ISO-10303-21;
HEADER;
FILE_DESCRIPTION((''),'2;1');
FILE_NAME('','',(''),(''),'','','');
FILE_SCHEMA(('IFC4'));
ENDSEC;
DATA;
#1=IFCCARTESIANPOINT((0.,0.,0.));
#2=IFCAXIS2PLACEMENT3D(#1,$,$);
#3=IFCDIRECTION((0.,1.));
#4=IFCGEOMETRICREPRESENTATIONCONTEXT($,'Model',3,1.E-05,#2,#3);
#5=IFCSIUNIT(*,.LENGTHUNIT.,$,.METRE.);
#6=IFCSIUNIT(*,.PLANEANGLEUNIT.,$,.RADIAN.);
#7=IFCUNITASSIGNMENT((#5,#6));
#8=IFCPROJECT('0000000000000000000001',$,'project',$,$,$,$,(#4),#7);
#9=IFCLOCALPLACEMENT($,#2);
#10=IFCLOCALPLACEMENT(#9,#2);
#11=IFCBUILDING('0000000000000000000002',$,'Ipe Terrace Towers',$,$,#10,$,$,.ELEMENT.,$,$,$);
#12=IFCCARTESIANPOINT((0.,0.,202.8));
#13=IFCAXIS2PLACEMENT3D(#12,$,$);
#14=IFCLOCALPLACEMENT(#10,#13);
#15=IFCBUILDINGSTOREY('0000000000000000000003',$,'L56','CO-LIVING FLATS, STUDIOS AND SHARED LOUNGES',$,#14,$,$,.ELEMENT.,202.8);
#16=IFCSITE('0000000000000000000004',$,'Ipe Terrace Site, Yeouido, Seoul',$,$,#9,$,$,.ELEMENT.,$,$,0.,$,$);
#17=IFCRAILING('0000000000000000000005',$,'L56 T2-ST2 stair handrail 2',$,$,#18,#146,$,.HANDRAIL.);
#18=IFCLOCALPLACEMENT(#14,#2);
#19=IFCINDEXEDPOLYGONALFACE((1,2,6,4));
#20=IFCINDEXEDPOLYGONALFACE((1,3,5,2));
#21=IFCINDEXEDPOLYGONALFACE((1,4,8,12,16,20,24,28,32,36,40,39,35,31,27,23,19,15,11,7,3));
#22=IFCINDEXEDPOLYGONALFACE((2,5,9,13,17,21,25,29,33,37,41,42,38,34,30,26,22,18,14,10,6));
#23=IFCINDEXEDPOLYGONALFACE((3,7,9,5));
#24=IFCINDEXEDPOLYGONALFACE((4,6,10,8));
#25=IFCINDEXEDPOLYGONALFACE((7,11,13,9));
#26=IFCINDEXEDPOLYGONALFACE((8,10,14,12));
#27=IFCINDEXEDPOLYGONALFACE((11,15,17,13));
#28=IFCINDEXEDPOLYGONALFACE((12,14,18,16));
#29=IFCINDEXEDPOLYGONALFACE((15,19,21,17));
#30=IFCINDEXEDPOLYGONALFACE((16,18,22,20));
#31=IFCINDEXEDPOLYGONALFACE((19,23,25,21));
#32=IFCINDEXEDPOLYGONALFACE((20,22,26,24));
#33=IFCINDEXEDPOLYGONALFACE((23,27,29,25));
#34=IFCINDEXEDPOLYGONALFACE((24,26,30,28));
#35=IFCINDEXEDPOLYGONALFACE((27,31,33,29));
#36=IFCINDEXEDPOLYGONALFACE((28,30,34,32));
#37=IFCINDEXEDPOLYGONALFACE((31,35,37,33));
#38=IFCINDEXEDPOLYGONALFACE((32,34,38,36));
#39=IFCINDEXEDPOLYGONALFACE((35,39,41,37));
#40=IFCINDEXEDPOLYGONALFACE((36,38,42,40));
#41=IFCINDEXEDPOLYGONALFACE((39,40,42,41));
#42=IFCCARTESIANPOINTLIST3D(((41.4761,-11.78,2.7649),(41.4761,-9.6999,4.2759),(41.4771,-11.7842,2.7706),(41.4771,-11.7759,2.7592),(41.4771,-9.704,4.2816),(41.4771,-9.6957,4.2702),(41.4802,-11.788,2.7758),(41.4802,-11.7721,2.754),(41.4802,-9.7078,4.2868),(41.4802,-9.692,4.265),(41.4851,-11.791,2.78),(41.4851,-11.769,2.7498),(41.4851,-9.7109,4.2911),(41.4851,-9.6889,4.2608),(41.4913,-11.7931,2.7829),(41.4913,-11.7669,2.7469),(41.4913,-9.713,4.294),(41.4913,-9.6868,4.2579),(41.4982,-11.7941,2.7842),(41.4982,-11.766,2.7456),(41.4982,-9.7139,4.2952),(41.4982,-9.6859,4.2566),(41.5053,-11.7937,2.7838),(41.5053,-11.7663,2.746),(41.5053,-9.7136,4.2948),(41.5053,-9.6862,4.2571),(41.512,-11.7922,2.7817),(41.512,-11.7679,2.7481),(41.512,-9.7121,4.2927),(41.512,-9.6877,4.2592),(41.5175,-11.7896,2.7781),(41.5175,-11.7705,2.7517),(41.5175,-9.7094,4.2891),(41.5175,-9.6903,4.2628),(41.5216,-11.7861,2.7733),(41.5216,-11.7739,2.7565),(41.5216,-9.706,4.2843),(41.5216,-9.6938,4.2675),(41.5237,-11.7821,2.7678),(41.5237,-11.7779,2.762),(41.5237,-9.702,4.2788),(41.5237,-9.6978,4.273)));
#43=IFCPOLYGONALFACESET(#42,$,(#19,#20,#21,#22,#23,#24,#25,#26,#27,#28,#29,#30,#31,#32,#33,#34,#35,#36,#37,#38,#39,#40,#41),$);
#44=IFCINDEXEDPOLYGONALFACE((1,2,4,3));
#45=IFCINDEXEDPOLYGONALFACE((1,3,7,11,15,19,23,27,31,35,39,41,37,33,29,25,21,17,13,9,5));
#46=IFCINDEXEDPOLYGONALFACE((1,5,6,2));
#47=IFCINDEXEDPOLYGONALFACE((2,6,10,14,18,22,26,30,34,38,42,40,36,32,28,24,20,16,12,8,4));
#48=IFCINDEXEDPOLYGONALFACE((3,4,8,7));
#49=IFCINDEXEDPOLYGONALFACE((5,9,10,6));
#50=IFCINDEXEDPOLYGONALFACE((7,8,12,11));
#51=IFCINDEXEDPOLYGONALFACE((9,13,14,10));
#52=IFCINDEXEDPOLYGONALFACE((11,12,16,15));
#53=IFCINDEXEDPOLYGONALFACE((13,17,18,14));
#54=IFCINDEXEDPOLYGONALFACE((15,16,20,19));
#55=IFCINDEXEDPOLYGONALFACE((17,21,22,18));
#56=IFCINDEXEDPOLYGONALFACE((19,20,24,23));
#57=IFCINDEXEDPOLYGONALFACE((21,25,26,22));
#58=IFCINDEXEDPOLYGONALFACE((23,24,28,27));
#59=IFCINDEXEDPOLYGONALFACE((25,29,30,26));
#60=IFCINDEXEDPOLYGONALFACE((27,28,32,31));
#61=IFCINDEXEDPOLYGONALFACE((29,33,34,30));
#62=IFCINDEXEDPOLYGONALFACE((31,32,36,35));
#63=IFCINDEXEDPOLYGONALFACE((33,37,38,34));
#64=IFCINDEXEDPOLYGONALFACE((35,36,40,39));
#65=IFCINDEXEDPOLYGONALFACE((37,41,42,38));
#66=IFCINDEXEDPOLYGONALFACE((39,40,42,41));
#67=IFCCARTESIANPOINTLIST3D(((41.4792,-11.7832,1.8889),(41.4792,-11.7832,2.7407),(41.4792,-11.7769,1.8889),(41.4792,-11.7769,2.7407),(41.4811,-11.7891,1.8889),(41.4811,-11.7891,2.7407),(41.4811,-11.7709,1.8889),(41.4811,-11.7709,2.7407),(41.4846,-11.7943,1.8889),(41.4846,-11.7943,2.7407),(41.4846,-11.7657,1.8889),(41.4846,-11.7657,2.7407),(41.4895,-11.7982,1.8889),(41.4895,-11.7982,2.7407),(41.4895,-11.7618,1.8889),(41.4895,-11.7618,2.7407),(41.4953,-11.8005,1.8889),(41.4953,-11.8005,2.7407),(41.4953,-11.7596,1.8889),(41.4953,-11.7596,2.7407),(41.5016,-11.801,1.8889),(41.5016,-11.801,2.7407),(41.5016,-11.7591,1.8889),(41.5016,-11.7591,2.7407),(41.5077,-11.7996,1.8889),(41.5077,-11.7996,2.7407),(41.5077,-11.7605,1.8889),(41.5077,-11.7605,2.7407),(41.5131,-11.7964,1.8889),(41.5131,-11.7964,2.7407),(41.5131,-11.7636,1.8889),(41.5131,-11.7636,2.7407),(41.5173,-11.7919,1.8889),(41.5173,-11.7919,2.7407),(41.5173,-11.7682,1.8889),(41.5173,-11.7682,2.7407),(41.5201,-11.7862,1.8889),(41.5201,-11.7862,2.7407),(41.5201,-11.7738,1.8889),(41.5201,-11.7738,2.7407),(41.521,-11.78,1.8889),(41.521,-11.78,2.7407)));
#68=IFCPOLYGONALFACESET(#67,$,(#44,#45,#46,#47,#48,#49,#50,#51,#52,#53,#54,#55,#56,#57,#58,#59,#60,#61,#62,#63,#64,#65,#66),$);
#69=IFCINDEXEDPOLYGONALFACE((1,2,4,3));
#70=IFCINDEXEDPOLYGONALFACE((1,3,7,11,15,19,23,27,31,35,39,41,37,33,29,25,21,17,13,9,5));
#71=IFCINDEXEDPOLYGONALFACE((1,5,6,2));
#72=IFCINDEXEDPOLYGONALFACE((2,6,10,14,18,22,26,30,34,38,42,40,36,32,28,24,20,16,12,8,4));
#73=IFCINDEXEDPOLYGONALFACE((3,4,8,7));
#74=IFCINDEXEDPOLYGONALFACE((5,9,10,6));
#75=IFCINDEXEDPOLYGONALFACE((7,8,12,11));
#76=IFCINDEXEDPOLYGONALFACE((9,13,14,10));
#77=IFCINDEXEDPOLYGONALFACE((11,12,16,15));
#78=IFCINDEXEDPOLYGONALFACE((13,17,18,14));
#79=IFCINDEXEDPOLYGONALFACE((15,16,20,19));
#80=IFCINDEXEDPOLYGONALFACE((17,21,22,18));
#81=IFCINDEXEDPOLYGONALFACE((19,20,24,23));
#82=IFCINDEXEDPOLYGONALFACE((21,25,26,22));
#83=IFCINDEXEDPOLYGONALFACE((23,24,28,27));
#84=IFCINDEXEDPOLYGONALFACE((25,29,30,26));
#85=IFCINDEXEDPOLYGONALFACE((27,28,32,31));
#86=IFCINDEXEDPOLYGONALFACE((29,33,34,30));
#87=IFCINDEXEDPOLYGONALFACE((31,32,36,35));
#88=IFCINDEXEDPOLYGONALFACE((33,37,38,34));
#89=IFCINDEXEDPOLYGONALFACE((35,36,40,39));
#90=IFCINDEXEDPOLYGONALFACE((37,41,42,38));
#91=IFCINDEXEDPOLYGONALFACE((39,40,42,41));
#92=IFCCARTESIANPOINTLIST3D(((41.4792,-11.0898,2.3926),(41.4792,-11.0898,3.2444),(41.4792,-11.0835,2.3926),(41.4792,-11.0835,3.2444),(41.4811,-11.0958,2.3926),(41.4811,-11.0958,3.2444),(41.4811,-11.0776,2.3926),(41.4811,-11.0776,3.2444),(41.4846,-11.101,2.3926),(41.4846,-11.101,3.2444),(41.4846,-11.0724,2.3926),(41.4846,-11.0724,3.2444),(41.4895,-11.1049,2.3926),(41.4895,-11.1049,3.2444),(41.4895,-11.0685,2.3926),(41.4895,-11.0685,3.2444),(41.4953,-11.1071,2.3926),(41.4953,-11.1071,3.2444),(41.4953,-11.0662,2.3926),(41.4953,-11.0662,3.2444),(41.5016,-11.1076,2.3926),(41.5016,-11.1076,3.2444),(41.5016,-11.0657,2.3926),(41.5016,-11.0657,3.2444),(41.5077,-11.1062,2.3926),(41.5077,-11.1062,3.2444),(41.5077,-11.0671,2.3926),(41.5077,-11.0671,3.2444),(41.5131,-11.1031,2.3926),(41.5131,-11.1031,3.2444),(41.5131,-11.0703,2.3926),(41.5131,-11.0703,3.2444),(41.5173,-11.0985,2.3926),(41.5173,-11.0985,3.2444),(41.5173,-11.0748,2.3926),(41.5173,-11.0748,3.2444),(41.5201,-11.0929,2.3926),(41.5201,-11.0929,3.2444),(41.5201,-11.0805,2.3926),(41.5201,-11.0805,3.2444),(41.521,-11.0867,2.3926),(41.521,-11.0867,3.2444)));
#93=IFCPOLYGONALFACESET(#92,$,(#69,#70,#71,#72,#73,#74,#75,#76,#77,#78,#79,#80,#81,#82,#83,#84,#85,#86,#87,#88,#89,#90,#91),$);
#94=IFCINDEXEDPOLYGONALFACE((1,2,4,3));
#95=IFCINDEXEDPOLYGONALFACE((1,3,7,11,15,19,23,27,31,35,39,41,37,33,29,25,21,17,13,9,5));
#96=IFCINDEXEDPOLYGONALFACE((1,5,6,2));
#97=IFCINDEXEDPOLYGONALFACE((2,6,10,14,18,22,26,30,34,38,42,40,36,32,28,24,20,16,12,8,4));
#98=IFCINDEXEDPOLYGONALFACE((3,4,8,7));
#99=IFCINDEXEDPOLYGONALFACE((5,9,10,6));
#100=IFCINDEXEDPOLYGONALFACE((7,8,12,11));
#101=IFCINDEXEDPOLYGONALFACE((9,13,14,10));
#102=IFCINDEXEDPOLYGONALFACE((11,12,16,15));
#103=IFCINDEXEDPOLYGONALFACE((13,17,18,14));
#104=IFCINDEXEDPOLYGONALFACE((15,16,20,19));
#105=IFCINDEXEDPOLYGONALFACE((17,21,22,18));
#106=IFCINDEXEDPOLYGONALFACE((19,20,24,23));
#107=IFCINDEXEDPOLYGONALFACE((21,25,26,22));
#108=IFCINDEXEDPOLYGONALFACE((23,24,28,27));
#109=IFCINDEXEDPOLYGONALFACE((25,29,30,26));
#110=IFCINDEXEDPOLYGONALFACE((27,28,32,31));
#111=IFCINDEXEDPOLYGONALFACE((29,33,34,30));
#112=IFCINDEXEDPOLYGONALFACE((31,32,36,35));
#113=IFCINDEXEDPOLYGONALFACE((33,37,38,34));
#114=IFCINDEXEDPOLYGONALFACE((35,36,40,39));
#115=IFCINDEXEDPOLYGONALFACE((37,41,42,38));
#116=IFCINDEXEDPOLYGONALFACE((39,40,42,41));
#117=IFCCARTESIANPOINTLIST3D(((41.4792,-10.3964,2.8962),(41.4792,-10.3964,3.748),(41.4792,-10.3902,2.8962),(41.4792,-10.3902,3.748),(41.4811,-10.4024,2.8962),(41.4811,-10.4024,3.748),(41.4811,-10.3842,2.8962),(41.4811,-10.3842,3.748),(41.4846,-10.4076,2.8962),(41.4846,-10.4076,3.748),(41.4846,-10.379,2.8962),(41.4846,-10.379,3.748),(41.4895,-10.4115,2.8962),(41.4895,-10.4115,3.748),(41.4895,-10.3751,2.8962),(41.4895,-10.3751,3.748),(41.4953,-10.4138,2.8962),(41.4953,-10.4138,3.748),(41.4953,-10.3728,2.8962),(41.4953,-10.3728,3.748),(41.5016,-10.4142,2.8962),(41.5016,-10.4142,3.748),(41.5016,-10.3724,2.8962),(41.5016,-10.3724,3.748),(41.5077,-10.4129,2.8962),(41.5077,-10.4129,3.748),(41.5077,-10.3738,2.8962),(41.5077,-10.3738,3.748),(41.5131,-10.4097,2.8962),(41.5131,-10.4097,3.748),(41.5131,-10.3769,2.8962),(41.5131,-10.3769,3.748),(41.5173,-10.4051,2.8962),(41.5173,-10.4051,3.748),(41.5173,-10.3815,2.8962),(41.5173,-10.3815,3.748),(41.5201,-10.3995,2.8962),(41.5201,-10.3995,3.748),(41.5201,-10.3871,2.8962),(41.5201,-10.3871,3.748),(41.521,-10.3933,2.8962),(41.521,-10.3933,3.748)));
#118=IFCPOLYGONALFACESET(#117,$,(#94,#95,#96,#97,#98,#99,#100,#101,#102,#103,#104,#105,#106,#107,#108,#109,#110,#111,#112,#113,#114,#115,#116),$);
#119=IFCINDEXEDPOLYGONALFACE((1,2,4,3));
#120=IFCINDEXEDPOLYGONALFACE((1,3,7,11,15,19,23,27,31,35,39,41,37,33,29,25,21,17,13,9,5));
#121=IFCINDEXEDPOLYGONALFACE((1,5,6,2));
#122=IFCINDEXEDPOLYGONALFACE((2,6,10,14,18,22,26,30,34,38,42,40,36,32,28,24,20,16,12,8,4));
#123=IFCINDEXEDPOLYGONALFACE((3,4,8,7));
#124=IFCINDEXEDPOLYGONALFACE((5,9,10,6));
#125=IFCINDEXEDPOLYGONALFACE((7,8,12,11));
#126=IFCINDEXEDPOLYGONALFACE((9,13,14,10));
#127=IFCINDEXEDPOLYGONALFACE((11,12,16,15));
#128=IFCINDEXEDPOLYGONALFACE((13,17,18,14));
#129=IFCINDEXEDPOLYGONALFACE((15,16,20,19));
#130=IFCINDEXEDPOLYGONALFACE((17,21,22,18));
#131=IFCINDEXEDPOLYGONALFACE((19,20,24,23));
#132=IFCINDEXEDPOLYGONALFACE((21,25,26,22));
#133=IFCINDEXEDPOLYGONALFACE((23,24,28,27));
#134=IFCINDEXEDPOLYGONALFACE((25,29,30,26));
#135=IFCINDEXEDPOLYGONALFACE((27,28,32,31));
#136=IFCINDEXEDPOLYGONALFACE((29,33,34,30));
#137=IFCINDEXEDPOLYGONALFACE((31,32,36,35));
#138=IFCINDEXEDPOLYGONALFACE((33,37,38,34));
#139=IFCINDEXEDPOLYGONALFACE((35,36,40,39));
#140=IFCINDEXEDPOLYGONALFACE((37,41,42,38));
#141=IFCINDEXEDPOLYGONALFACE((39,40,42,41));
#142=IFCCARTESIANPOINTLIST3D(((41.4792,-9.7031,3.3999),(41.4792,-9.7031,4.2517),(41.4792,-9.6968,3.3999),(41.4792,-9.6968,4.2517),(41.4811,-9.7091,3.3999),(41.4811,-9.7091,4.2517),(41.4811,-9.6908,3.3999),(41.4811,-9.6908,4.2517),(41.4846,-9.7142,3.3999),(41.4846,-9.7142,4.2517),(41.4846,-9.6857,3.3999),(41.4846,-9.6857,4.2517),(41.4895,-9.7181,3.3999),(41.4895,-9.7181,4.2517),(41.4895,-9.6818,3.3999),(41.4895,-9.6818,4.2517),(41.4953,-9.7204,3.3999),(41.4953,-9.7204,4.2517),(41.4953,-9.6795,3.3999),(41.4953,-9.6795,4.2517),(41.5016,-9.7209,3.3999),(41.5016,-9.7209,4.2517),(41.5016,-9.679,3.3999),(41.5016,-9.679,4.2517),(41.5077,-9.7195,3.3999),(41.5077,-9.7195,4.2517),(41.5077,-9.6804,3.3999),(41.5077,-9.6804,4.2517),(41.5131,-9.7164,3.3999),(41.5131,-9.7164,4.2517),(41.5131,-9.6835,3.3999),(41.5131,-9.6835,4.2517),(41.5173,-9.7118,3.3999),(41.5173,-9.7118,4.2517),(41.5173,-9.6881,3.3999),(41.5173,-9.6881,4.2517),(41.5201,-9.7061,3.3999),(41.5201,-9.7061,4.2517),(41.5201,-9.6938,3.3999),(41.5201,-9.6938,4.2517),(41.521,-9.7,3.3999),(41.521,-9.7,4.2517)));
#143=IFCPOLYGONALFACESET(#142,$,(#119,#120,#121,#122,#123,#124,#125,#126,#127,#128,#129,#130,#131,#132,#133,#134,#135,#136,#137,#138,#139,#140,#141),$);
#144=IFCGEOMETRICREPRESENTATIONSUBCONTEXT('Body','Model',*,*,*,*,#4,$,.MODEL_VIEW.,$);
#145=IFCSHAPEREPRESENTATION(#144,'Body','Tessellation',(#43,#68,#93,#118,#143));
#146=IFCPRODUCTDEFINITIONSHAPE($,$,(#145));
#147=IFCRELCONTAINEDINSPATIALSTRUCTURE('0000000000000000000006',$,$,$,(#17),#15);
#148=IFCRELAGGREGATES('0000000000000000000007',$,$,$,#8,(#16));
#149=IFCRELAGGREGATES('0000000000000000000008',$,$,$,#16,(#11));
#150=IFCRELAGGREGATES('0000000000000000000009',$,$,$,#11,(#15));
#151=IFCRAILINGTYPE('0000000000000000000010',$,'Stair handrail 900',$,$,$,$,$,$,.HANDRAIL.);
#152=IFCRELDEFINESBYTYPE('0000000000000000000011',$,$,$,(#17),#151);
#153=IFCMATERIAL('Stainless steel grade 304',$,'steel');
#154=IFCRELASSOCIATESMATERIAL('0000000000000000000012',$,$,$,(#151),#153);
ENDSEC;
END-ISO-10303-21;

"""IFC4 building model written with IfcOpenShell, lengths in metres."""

from ifc_helpers import new_model, si_unit, direction, frame, origin, origin_2d, place, context, subcontext, project, spatial, circle, extrude, material, type_object, element, save


model = new_model("IFC4")

# Units and contexts
model_context = context("Model", 3, precision=1e-05, world=origin(), true_north=direction((0.0, 1.0)))
body_context = subcontext(model_context, "Body", "Model", "MODEL_VIEW")
ifc_project = project(units=[si_unit("LENGTHUNIT", "METRE"), si_unit("PLANEANGLEUNIT", "RADIAN")], contexts=[model_context])

# Site, building, storey
site_placement = place(None, origin())
site = spatial("IfcSite", under=ifc_project, at=site_placement, Name="Ipe Terrace Site, Yeouido, Seoul", CompositionType="ELEMENT", RefElevation=0.0)
building_placement = place(site_placement, origin())
building = spatial("IfcBuilding", under=site, at=building_placement, Name="Ipe Terrace Towers", CompositionType="ELEMENT")
storey_placement = place(building_placement, frame((0.0, 0.0, 202.8)))
storey = spatial("IfcBuildingStorey", under=building, at=storey_placement, Name="L56", Description="CO-LIVING FLATS, STUDIOS AND SHARED LOUNGES", CompositionType="ELEMENT", Elevation=202.8)

# Railing
ifc_material_1 = material(Name="Stainless steel grade 304", Category="steel")
railing_type = type_object("IfcRailingType", Name="Stair handrail 900", PredefinedType="HANDRAIL", material=ifc_material_1)
railing_1_placement = place(storey_placement, frame((41.5, -11.78, 1.8889)))
element("IfcRailing", 1, at=railing_1_placement, inside=storey, type_object=railing_type, Name="L56 T2-ST2 stair handrail 2", PredefinedType="HANDRAIL", context=body_context, shape_type="SweptSolid", body=[
    extrude(circle(Radius=0.0239, at=origin_2d()), frame((0.0, 0.0, 0.876), z_axis=(0.0, 0.809069, 0.587714), x_axis=(-1.0, 0.0, 0.0)), (0.0, 0.0, 1.0), 2.571),
    extrude(circle(Radius=0.021, at=origin_2d()), origin(), (0.0, 0.0, 1.0), 0.8518),
    extrude(circle(Radius=0.021, at=origin_2d()), frame((0.0, 0.6934, 0.5037)), (0.0, 0.0, 1.0), 0.8518),
    extrude(circle(Radius=0.021, at=origin_2d()), frame((0.0, 1.3867, 1.0073)), (0.0, 0.0, 1.0), 0.8518),
    extrude(circle(Radius=0.021, at=origin_2d()), frame((0.0, 2.0801, 1.511)), (0.0, 0.0, 1.0), 0.8518),
])

save(model, "model.ifc")
